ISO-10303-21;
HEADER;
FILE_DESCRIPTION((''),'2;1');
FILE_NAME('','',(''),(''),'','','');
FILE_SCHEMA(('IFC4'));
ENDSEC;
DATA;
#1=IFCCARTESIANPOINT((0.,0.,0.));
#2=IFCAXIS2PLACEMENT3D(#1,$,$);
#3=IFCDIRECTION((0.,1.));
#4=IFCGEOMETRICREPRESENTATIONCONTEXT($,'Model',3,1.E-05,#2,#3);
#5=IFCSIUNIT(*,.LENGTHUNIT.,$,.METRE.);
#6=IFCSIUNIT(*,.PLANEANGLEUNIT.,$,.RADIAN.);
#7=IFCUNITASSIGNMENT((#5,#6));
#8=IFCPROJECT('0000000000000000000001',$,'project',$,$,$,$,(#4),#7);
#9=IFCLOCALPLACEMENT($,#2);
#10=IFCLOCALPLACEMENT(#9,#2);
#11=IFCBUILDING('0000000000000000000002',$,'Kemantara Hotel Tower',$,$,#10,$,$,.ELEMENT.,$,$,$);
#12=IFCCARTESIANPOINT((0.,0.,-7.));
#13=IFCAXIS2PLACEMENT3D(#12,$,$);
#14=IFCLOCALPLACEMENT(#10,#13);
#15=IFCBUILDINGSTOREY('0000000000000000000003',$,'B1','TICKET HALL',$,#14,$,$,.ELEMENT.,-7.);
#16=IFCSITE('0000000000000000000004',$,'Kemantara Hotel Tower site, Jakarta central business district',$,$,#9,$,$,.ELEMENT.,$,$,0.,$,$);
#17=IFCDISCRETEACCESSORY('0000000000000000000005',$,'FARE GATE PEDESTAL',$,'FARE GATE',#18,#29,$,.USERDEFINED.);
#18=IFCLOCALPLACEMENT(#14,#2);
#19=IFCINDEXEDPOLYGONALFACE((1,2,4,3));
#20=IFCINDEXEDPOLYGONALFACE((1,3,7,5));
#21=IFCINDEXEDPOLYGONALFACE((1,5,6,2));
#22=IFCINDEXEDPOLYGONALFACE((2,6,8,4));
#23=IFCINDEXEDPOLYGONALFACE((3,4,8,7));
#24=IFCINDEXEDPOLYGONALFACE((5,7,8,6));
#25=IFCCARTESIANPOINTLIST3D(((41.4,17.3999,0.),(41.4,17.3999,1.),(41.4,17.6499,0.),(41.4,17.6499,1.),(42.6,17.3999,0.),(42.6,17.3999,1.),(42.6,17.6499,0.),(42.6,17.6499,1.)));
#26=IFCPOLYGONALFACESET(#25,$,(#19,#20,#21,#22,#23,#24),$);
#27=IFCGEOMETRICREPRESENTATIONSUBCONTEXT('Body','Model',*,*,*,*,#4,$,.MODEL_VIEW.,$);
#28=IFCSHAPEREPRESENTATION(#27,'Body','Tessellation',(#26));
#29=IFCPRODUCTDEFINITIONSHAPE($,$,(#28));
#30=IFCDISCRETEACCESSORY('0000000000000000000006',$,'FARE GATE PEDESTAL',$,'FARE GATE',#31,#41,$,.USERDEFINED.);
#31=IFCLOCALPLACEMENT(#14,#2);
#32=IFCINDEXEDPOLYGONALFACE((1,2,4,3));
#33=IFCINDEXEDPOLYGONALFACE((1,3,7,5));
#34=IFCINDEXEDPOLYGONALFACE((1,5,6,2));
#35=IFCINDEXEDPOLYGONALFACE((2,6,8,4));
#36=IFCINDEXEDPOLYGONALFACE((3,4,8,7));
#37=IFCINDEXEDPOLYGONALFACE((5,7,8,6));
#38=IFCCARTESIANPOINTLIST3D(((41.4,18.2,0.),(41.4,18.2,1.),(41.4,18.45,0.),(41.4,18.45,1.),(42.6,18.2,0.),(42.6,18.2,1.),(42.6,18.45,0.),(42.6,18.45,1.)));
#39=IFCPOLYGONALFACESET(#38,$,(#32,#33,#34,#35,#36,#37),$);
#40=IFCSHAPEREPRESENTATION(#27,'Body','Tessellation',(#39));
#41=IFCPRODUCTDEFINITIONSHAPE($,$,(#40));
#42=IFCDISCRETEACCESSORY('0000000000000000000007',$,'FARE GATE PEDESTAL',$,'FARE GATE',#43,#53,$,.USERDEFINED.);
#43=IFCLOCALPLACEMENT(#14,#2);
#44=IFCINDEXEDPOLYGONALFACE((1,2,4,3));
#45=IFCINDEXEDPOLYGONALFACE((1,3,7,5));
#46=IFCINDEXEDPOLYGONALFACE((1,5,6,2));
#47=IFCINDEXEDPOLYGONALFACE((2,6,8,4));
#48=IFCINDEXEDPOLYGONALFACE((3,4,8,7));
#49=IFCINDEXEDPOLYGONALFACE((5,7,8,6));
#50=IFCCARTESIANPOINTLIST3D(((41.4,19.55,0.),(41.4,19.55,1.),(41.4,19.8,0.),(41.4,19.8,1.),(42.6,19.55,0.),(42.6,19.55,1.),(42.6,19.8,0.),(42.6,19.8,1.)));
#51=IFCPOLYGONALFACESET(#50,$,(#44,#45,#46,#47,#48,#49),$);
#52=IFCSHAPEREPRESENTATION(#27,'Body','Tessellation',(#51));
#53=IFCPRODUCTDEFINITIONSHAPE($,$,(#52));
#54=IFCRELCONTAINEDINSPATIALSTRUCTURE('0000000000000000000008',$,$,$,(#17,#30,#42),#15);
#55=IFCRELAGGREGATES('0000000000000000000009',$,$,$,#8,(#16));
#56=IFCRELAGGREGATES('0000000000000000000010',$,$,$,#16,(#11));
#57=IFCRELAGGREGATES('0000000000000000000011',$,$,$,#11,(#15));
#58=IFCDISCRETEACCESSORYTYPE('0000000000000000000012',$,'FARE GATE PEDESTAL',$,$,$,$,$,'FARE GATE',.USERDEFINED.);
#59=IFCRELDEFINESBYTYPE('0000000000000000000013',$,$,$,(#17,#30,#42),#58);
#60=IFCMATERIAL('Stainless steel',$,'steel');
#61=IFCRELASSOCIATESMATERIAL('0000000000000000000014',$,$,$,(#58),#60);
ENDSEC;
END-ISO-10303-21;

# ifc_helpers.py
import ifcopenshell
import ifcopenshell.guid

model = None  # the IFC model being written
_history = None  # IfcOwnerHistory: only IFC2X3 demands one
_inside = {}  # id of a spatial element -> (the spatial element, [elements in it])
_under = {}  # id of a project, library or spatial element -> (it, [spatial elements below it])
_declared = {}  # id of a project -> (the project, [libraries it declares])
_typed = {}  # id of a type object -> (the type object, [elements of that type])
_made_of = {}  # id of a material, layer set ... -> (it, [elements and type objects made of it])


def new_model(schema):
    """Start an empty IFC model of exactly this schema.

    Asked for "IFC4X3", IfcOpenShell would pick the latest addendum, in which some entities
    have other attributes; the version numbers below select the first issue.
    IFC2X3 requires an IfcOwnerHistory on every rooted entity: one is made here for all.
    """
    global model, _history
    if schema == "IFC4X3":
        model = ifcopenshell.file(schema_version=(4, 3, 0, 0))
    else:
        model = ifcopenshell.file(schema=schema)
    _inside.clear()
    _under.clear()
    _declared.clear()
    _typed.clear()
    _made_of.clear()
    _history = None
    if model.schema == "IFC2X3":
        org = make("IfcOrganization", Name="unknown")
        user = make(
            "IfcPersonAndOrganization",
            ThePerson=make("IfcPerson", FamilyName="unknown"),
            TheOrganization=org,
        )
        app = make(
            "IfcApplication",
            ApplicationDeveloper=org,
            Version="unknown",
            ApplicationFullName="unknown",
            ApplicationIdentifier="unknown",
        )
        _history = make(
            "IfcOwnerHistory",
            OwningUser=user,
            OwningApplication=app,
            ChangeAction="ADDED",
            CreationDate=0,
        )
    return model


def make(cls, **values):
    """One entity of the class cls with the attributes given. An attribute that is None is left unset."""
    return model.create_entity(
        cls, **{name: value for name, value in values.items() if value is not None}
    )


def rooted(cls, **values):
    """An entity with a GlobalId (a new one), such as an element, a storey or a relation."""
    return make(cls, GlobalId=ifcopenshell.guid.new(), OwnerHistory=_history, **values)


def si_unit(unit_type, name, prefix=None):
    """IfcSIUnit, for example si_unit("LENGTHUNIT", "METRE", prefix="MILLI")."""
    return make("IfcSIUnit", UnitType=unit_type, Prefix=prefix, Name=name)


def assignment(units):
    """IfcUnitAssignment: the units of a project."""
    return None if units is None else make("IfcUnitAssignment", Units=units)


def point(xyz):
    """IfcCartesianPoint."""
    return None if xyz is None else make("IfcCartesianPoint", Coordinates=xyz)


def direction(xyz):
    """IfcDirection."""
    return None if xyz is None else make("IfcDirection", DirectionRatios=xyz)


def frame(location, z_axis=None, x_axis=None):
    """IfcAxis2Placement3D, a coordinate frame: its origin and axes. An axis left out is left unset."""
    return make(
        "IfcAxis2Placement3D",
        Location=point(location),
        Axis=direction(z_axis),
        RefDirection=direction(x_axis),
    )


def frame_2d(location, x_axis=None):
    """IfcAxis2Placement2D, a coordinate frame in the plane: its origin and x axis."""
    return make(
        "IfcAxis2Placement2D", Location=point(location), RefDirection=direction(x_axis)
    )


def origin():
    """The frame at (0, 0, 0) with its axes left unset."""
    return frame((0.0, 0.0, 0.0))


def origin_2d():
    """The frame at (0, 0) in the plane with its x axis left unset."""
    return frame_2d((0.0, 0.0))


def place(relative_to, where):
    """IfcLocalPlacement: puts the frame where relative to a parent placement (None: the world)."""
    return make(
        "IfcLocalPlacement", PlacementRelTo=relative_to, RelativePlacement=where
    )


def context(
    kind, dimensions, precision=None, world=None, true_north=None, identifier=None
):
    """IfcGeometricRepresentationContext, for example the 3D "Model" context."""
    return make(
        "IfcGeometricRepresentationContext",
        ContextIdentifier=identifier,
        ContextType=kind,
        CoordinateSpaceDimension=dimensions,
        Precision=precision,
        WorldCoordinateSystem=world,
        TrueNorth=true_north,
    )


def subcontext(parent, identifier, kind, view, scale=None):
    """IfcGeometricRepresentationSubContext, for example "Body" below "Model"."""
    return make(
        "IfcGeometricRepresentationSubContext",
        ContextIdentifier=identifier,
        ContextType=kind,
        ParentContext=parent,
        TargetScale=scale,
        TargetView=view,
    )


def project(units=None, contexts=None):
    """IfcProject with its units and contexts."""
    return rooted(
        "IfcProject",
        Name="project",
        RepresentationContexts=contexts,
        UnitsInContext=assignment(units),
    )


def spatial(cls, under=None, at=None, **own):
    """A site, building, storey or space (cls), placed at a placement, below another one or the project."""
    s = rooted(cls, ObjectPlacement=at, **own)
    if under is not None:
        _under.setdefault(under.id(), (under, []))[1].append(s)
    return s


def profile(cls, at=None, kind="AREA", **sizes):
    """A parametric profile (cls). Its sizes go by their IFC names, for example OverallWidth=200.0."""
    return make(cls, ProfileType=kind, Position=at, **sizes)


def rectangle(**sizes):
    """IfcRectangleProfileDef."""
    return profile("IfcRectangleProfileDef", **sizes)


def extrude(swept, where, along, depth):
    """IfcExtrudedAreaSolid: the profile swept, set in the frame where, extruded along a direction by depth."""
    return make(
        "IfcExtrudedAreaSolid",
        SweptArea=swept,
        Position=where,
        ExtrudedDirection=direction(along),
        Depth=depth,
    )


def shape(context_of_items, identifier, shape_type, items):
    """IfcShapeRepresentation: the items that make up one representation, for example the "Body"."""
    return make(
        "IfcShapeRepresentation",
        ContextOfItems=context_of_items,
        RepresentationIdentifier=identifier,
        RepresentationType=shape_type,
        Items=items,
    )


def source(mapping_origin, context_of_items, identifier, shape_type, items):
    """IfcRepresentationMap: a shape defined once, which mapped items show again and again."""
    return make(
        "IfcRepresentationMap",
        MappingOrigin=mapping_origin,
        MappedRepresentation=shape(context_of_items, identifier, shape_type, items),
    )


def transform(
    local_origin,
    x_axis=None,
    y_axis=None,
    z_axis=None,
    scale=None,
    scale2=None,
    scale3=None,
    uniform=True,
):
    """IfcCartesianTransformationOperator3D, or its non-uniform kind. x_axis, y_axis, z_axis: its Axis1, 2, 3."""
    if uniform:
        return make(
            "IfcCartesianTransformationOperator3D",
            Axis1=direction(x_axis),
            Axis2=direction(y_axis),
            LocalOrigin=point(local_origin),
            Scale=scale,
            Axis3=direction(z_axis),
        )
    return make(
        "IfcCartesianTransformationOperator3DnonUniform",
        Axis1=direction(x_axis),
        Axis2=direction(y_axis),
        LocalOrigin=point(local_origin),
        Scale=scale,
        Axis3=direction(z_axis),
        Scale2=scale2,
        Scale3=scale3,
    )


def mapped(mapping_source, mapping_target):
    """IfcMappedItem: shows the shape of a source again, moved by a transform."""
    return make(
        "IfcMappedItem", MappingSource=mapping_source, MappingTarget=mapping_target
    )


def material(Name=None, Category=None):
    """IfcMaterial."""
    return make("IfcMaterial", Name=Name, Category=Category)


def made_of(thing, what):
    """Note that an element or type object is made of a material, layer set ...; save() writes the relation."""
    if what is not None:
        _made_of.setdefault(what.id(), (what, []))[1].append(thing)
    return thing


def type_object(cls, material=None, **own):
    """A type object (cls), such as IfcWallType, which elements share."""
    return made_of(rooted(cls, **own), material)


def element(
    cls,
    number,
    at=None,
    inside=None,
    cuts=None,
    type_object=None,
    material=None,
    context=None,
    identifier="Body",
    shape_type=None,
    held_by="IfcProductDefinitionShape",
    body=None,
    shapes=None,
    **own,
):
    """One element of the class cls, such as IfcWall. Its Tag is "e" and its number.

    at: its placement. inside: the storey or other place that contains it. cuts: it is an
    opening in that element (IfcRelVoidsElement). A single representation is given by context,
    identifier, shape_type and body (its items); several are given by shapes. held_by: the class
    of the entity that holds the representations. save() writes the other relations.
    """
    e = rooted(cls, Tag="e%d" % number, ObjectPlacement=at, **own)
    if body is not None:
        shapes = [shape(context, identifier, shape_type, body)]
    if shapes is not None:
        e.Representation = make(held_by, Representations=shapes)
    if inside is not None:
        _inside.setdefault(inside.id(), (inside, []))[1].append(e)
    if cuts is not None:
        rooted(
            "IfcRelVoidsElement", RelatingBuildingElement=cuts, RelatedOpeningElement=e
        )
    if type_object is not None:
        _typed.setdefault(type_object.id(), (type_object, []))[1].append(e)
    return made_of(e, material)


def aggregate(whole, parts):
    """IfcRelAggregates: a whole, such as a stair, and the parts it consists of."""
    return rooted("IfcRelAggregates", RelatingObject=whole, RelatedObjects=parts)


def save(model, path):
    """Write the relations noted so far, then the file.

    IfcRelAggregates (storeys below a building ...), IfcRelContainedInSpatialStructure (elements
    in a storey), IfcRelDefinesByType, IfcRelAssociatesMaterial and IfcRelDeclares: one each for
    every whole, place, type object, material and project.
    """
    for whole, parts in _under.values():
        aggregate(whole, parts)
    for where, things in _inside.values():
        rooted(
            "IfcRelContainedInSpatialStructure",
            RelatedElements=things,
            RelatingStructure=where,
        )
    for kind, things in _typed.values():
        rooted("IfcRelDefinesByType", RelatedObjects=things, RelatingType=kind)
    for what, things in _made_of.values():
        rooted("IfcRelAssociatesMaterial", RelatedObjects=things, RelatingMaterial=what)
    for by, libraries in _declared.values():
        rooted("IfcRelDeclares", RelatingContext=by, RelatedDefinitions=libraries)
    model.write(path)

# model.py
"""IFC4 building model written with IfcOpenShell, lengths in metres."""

from ifc_helpers import new_model, si_unit, direction, frame, origin, origin_2d, place, context, subcontext, project, spatial, rectangle, extrude, source, transform, mapped, material, type_object, element, save


model = new_model("IFC4")

# Units and contexts
model_context = context("Model", 3, precision=1e-05, world=origin(), true_north=direction((0.0, 1.0)))
body_context = subcontext(model_context, "Body", "Model", "MODEL_VIEW")
ifc_project = project(units=[si_unit("LENGTHUNIT", "METRE"), si_unit("PLANEANGLEUNIT", "RADIAN")], contexts=[model_context])

# Site, building, storey
site_placement = place(None, origin())
site = spatial("IfcSite", under=ifc_project, at=site_placement, Name="Kemantara Hotel Tower site, Jakarta central business district", CompositionType="ELEMENT", RefElevation=0.0)
building_placement = place(site_placement, origin())
building = spatial("IfcBuilding", under=site, at=building_placement, Name="Kemantara Hotel Tower", CompositionType="ELEMENT")
storey_placement = place(building_placement, frame((0.0, 0.0, -7.0)))
storey = spatial("IfcBuildingStorey", under=building, at=storey_placement, Name="B1", Description="TICKET HALL", CompositionType="ELEMENT", Elevation=-7.0)

# Discrete accessories
ifc_material_1 = material(Name="Stainless steel", Category="steel")
discrete_accessory_type = type_object("IfcDiscreteAccessoryType", Name="FARE GATE PEDESTAL", ElementType="FARE GATE", PredefinedType="USERDEFINED", material=ifc_material_1)
shared_shape = source(origin(), body_context, "Body", "SweptSolid", [
    extrude(rectangle(XDim=1.2, YDim=0.25, at=origin_2d()), origin(), (0.0, 0.0, 1.0), 1.0),
])
for number, where, z_axis, x_axis, name in (
    (1, (42.0, 17.5249, 0.0), (0.0, 0.0, 1.0), (1.0, 0.0, 0.0), "FARE GATE PEDESTAL"),
    (2, (42.0, 18.325, 0.0), (0.0, 0.0, 1.0), (1.0, 0.0, 0.0), "FARE GATE PEDESTAL"),
    (3, (42.0, 19.675, 0.0), (0.0, 0.0, 1.0), (1.0, 0.0, 0.0), "FARE GATE PEDESTAL"),
):
    element("IfcDiscreteAccessory", number, at=place(storey_placement, frame(where, z_axis=z_axis, x_axis=x_axis)), inside=storey, type_object=discrete_accessory_type, Name=name, ObjectType="FARE GATE", PredefinedType="USERDEFINED", context=body_context, shape_type="MappedRepresentation", body=[
        mapped(shared_shape, transform((0.0, 0.0, 0.0))),
    ])

save(model, "model.ifc")
